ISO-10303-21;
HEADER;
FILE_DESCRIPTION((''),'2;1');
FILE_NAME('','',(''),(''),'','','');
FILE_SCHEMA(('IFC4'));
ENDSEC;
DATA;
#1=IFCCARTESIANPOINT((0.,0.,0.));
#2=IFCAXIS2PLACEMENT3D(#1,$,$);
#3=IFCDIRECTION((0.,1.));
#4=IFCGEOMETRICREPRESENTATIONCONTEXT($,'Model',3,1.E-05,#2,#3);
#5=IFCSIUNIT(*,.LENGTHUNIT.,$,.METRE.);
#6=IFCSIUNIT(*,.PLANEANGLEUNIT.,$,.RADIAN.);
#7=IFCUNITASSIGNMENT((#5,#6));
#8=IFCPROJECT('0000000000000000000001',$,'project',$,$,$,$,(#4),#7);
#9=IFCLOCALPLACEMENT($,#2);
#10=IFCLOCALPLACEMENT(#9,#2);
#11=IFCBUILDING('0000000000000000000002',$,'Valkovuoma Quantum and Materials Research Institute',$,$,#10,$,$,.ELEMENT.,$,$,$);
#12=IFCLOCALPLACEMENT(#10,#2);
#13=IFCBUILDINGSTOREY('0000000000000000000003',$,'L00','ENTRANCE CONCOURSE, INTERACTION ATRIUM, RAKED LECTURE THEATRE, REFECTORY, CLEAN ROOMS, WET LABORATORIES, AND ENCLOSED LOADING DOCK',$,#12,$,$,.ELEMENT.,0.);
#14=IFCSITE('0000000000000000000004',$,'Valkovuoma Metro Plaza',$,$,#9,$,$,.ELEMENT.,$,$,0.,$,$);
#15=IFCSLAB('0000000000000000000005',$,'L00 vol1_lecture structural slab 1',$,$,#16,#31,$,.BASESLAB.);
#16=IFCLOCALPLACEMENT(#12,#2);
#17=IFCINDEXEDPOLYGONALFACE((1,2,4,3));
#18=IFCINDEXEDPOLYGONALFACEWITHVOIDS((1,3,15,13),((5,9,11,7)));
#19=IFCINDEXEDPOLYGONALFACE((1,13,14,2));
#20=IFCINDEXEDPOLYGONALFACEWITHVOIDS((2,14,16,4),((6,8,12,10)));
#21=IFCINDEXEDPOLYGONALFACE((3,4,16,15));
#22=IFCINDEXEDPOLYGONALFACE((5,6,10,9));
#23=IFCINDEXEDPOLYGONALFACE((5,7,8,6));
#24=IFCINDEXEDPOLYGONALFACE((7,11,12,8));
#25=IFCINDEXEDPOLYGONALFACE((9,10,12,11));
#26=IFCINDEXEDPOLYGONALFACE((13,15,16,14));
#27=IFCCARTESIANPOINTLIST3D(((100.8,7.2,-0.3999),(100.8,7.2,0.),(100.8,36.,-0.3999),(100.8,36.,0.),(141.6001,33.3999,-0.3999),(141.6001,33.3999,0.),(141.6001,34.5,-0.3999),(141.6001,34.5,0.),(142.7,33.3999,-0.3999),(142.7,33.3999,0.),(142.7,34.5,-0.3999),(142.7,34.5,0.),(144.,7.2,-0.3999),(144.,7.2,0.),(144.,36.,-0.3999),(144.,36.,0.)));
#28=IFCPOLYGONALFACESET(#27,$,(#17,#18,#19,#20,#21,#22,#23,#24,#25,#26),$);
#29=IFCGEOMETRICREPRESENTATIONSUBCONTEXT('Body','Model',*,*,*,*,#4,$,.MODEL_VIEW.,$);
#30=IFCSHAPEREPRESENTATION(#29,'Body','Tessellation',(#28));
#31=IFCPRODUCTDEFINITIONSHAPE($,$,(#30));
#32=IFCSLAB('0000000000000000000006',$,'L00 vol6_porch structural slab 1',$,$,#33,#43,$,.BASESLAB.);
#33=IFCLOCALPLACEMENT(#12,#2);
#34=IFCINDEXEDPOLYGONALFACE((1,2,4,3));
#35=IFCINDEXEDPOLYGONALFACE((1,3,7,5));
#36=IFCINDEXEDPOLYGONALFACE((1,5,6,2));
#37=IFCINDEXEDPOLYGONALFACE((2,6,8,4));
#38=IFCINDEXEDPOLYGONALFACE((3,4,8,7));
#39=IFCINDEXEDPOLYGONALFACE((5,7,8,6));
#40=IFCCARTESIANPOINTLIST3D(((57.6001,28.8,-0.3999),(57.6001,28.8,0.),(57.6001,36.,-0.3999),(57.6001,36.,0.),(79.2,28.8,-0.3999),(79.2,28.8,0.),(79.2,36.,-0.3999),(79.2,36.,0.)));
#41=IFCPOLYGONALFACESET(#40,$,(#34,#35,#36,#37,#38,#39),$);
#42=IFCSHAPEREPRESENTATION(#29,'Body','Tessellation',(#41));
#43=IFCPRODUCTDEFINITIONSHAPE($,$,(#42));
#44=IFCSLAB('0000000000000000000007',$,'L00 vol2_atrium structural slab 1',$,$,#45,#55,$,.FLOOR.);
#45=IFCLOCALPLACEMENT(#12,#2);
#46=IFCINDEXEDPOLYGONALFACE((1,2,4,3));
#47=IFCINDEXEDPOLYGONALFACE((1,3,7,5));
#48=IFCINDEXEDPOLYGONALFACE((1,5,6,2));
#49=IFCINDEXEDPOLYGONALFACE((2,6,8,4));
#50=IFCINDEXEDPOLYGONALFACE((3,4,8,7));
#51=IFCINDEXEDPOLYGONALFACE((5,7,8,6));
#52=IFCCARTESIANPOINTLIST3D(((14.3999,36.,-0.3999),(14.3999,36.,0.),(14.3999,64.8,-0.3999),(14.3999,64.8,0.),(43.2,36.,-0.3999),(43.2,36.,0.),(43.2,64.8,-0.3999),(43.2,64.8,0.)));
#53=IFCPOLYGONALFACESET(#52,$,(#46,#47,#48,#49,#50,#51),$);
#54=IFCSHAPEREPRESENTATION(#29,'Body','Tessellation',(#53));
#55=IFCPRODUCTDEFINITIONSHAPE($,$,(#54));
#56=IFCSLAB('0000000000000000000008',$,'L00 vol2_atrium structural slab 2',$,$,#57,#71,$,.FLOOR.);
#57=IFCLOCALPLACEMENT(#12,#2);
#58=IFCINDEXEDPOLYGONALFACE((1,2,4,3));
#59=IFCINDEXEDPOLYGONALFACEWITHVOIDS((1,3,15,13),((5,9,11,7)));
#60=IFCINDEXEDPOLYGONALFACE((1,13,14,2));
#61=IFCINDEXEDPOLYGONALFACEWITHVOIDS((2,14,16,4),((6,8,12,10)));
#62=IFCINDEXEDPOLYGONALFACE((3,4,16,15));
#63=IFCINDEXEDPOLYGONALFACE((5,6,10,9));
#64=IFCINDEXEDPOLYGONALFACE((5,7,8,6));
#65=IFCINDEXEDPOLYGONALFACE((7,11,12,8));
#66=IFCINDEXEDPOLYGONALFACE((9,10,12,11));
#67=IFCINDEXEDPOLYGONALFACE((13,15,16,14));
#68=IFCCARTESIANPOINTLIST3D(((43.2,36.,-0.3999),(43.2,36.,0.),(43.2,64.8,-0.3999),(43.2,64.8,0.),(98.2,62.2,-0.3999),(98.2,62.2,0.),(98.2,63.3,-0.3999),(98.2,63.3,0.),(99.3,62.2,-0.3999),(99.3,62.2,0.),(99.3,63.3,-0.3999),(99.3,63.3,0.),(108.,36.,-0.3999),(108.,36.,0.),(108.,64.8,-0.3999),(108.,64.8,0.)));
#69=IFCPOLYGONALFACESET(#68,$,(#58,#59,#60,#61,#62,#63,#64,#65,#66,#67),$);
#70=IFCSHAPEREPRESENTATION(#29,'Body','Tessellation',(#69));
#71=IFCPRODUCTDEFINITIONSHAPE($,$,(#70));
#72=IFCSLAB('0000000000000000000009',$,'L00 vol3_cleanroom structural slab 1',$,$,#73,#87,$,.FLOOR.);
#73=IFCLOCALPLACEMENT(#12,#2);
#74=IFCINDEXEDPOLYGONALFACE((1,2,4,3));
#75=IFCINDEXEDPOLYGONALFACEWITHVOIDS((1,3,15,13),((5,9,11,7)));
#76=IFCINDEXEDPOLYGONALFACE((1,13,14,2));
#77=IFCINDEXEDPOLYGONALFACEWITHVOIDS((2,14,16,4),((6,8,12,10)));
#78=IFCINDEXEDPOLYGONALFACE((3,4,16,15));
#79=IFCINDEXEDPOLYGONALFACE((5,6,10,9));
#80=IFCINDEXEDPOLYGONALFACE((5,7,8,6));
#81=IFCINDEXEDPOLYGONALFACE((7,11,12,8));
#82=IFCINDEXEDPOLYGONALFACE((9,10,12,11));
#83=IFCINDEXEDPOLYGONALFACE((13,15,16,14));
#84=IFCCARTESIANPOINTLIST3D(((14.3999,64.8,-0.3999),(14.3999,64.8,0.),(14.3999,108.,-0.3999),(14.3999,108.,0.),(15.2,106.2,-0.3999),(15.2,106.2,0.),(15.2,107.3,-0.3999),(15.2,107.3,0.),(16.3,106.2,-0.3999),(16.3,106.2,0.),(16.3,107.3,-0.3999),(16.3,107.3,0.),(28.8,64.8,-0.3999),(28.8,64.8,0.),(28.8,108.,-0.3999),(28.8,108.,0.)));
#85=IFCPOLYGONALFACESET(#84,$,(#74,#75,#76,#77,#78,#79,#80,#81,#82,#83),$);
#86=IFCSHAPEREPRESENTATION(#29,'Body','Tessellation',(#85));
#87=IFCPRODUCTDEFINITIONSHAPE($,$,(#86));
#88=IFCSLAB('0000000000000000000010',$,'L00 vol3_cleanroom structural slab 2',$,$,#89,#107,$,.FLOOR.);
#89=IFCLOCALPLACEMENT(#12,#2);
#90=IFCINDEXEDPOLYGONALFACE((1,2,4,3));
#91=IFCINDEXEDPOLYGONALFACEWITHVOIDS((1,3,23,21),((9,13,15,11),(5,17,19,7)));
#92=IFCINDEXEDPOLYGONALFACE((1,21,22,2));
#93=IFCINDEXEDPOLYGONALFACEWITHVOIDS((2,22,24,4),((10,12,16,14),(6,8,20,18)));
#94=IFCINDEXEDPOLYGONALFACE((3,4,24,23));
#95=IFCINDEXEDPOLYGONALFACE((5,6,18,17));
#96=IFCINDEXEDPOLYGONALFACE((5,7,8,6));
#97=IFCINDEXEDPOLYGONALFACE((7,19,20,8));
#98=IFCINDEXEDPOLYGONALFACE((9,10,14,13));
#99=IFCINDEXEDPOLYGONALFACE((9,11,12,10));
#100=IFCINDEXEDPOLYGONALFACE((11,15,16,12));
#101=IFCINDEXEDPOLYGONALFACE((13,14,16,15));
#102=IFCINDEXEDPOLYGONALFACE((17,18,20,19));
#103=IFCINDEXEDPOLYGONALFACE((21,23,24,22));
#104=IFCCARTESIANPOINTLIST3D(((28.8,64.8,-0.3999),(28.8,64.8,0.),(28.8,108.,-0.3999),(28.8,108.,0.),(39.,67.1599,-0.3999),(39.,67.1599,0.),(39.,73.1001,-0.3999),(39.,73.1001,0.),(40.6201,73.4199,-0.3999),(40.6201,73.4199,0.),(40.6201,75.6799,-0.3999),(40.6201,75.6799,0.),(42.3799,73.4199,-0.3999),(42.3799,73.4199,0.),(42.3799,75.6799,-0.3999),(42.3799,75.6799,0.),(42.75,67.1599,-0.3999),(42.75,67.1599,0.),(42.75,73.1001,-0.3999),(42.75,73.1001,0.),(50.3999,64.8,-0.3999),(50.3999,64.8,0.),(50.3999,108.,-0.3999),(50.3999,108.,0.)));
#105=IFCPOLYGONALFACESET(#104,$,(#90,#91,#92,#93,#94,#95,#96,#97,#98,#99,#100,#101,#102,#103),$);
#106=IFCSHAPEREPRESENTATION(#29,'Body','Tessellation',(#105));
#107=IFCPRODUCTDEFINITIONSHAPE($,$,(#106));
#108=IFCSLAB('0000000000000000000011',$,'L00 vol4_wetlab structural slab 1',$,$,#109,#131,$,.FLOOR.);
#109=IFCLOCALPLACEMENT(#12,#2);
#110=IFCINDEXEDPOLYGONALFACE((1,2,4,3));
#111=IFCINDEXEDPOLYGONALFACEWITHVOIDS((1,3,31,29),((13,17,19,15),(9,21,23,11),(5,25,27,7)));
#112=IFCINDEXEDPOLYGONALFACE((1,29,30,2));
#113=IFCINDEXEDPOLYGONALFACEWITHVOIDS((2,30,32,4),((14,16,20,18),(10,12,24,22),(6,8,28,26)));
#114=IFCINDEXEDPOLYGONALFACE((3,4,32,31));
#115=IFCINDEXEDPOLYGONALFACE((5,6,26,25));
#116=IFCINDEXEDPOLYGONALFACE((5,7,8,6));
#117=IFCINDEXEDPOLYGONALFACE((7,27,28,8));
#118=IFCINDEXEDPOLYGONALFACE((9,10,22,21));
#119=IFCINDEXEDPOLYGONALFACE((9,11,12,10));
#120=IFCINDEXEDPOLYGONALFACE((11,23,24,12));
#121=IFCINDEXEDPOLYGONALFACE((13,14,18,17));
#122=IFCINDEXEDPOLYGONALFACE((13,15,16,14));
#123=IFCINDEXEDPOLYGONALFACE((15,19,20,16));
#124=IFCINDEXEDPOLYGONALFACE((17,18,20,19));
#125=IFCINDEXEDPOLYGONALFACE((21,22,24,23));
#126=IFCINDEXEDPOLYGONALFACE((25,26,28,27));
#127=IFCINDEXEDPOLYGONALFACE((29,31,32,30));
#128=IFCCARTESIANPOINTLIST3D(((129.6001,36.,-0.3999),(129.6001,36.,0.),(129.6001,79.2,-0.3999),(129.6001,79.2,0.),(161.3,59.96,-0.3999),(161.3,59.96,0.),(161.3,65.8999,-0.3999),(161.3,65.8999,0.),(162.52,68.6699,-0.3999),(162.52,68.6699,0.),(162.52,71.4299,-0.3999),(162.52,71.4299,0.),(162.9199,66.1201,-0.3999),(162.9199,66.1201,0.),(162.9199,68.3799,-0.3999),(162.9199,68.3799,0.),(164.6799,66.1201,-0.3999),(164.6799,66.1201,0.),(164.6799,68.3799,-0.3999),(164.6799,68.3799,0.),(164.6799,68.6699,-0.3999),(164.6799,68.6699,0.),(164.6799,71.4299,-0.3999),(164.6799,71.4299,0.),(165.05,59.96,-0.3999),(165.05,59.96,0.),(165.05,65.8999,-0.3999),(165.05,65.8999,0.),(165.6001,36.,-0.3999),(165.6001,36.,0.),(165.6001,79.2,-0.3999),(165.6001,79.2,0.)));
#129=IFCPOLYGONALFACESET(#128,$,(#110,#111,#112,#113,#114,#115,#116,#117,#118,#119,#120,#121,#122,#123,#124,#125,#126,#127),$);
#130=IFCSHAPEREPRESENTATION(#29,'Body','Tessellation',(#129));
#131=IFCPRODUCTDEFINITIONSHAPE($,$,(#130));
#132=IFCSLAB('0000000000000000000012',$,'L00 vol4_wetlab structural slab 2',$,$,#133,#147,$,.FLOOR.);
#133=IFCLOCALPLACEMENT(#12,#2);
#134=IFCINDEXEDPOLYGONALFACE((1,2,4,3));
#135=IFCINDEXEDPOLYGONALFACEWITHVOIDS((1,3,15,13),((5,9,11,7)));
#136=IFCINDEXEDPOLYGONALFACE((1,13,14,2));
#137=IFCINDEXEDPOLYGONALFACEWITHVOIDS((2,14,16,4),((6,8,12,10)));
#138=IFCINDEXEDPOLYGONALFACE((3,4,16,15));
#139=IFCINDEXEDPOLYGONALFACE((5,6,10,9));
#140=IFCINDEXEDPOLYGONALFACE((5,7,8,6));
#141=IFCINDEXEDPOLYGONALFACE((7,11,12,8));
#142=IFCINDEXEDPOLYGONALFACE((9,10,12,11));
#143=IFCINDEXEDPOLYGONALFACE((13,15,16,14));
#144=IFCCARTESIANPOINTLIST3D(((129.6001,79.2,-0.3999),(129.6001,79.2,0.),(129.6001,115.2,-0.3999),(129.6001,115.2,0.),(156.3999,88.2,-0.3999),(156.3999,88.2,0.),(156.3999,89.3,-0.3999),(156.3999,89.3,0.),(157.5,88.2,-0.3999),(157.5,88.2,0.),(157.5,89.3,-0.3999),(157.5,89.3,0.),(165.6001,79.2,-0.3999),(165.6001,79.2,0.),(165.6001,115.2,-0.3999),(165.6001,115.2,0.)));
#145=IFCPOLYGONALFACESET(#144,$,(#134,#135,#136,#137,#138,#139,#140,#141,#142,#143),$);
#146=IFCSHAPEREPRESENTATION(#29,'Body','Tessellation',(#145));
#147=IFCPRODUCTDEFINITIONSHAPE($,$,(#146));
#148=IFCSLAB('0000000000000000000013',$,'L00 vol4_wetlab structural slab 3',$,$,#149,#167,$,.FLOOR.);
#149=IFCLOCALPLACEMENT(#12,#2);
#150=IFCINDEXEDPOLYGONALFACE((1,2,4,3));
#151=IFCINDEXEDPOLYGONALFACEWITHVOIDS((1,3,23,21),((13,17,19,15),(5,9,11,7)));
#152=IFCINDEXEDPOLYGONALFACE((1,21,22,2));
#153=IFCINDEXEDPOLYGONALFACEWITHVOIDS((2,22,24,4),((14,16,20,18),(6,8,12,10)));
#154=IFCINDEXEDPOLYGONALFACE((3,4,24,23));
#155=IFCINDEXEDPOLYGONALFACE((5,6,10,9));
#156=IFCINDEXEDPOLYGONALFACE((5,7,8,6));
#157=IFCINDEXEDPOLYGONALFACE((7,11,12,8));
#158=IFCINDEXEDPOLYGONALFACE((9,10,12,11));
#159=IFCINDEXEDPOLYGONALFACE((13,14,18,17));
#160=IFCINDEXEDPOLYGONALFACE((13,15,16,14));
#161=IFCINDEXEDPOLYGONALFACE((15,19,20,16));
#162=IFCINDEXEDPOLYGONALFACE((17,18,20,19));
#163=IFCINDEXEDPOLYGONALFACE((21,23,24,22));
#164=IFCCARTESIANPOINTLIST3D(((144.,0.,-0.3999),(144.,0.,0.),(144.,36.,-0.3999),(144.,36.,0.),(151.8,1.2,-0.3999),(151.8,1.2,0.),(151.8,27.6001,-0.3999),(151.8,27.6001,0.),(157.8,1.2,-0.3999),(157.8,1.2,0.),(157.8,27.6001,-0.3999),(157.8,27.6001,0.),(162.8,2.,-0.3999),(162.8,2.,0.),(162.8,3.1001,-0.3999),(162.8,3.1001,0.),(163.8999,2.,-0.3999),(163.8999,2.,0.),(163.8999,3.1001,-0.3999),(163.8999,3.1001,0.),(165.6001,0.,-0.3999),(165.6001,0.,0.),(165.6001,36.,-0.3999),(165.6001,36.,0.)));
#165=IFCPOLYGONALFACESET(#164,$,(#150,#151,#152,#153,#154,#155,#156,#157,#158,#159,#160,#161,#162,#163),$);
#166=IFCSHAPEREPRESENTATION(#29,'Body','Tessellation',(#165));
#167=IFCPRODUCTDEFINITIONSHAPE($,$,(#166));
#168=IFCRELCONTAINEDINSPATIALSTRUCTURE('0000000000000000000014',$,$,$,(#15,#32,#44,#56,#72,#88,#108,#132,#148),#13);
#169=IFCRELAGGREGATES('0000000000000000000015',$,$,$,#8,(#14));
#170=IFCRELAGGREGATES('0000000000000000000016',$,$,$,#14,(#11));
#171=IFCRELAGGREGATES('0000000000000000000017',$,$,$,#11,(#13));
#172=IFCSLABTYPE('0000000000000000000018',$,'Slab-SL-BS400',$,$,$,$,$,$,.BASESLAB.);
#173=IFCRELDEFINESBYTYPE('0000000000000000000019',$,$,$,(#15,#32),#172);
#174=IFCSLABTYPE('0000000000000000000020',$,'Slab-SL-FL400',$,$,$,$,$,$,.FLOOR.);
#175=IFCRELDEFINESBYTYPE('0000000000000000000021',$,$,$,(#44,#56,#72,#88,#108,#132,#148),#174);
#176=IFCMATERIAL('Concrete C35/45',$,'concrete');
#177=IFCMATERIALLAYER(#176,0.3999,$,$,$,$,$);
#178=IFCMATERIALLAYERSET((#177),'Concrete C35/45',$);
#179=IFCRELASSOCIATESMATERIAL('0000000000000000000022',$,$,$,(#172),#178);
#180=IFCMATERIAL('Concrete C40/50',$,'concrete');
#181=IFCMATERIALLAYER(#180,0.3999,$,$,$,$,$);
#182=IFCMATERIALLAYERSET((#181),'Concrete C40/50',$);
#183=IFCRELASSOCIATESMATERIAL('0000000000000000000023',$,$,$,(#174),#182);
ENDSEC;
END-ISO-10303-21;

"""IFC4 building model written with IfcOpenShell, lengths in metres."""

from ifc_helpers import new_model, si_unit, direction, frame, origin, place, context, subcontext, project, spatial, polyline, outline, extrude, material, layer, layer_set, type_object, element, save


model = new_model("IFC4")

# Units and contexts
model_context = context("Model", 3, precision=1e-05, world=origin(), true_north=direction((0.0, 1.0)))
body_context = subcontext(model_context, "Body", "Model", "MODEL_VIEW")
ifc_project = project(units=[si_unit("LENGTHUNIT", "METRE"), si_unit("PLANEANGLEUNIT", "RADIAN")], contexts=[model_context])

# Site, building, storey
site_placement = place(None, origin())
site = spatial("IfcSite", under=ifc_project, at=site_placement, Name="Valkovuoma Metro Plaza", CompositionType="ELEMENT", RefElevation=0.0)
building_placement = place(site_placement, origin())
building = spatial("IfcBuilding", under=site, at=building_placement, Name="Valkovuoma Quantum and Materials Research Institute", CompositionType="ELEMENT")
storey_placement = place(building_placement, origin())
storey = spatial("IfcBuildingStorey", under=building, at=storey_placement, Name="L00", Description="ENTRANCE CONCOURSE, INTERACTION ATRIUM, RAKED LECTURE THEATRE, REFECTORY, CLEAN ROOMS, WET LABORATORIES, AND ENCLOSED LOADING DOCK", CompositionType="ELEMENT", Elevation=0.0)

# Slabs
ifc_material_1 = material(Name="Concrete C35/45", Category="concrete")
ifc_layer_1 = layer(ifc_material_1, 0.3999)
ifc_layer_set_1 = layer_set([ifc_layer_1], Name="Concrete C35/45")
slab_type_1 = type_object("IfcSlabType", Name="Slab-SL-BS400", PredefinedType="BASESLAB", material=ifc_layer_set_1)
slab_1_placement = place(storey_placement, frame((0.0, 0.0, -0.3999)))
element("IfcSlab", 1, at=slab_1_placement, inside=storey, type_object=slab_type_1, Name="L00 vol1_lecture structural slab 1", PredefinedType="BASESLAB", context=body_context, shape_type="SweptSolid", body=[
    extrude(outline(polyline([(100.8, 7.2), (144.0, 7.2), (144.0, 36.0), (100.8, 36.0), (100.8, 7.2)]), holes=[polyline([(141.6001, 33.3999), (142.7, 33.3999), (142.7, 34.5), (141.6001, 34.5), (141.6001, 33.3999)])]), origin(), (0.0, 0.0, 1.0), 0.3999),
])
slab_2_placement = place(storey_placement, frame((0.0, 0.0, -0.3999)))
element("IfcSlab", 2, at=slab_2_placement, inside=storey, type_object=slab_type_1, Name="L00 vol6_porch structural slab 1", PredefinedType="BASESLAB", context=body_context, shape_type="SweptSolid", body=[
    extrude(outline(polyline([(57.6001, 28.8), (79.2, 28.8), (79.2, 36.0), (57.6001, 36.0), (57.6001, 28.8)])), origin(), (0.0, 0.0, 1.0), 0.3999),
])
ifc_material_2 = material(Name="Concrete C40/50", Category="concrete")
ifc_layer_2 = layer(ifc_material_2, 0.3999)
ifc_layer_set_2 = layer_set([ifc_layer_2], Name="Concrete C40/50")
slab_type_2 = type_object("IfcSlabType", Name="Slab-SL-FL400", PredefinedType="FLOOR", material=ifc_layer_set_2)
slab_3_placement = place(storey_placement, frame((0.0, 0.0, -0.3999)))
element("IfcSlab", 3, at=slab_3_placement, inside=storey, type_object=slab_type_2, Name="L00 vol2_atrium structural slab 1", PredefinedType="FLOOR", context=body_context, shape_type="SweptSolid", body=[
    extrude(outline(polyline([(14.3999, 36.0), (43.2, 36.0), (43.2, 64.8), (14.3999, 64.8), (14.3999, 36.0)])), origin(), (0.0, 0.0, 1.0), 0.3999),
])
slab_4_placement = place(storey_placement, frame((0.0, 0.0, -0.3999)))
element("IfcSlab", 4, at=slab_4_placement, inside=storey, type_object=slab_type_2, Name="L00 vol2_atrium structural slab 2", PredefinedType="FLOOR", context=body_context, shape_type="SweptSolid", body=[
    extrude(outline(polyline([(43.2, 36.0), (108.0, 36.0), (108.0, 64.8), (43.2, 64.8), (43.2, 36.0)]), holes=[polyline([(98.2, 62.2), (99.3, 62.2), (99.3, 63.3), (98.2, 63.3), (98.2, 62.2)])]), origin(), (0.0, 0.0, 1.0), 0.3999),
])
slab_5_placement = place(storey_placement, frame((0.0, 0.0, -0.3999)))
element("IfcSlab", 5, at=slab_5_placement, inside=storey, type_object=slab_type_2, Name="L00 vol3_cleanroom structural slab 1", PredefinedType="FLOOR", context=body_context, shape_type="SweptSolid", body=[
    extrude(outline(polyline([(14.3999, 64.8), (28.8, 64.8), (28.8, 108.0), (14.3999, 108.0), (14.3999, 64.8)]), holes=[polyline([(15.2, 106.2), (16.3, 106.2), (16.3, 107.3), (15.2, 107.3), (15.2, 106.2)])]), origin(), (0.0, 0.0, 1.0), 0.3999),
])
slab_6_placement = place(storey_placement, frame((0.0, 0.0, -0.3999)))
element("IfcSlab", 6, at=slab_6_placement, inside=storey, type_object=slab_type_2, Name="L00 vol3_cleanroom structural slab 2", PredefinedType="FLOOR", context=body_context, shape_type="SweptSolid", body=[
    extrude(outline(polyline([(28.8, 64.8), (50.3999, 64.8), (50.3999, 108.0), (28.8, 108.0), (28.8, 64.8)]), holes=[polyline([(39.0, 67.1599), (42.75, 67.1599), (42.75, 73.1001), (39.0, 73.1001), (39.0, 67.1599)]), polyline([(40.6201, 73.4199), (42.3799, 73.4199), (42.3799, 75.6799), (40.6201, 75.6799), (40.6201, 73.4199)])]), origin(), (0.0, 0.0, 1.0), 0.3999),
])
slab_7_placement = place(storey_placement, frame((0.0, 0.0, -0.3999)))
element("IfcSlab", 7, at=slab_7_placement, inside=storey, type_object=slab_type_2, Name="L00 vol4_wetlab structural slab 1", PredefinedType="FLOOR", context=body_context, shape_type="SweptSolid", body=[
    extrude(outline(polyline([(129.6001, 36.0), (165.6001, 36.0), (165.6001, 79.2), (129.6001, 79.2), (129.6001, 36.0)]), holes=[polyline([(161.3, 59.96), (165.05, 59.96), (165.05, 65.8999), (161.3, 65.8999), (161.3, 59.96)]), polyline([(162.9199, 66.1201), (164.6799, 66.1201), (164.6799, 68.3799), (162.9199, 68.3799), (162.9199, 66.1201)]), polyline([(162.52, 68.6699), (164.6799, 68.6699), (164.6799, 71.4299), (162.52, 71.4299), (162.52, 68.6699)])]), origin(), (0.0, 0.0, 1.0), 0.3999),
])
slab_8_placement = place(storey_placement, frame((0.0, 0.0, -0.3999)))
element("IfcSlab", 8, at=slab_8_placement, inside=storey, type_object=slab_type_2, Name="L00 vol4_wetlab structural slab 2", PredefinedType="FLOOR", context=body_context, shape_type="SweptSolid", body=[
    extrude(outline(polyline([(129.6001, 79.2), (165.6001, 79.2), (165.6001, 115.2), (129.6001, 115.2), (129.6001, 79.2)]), holes=[polyline([(156.3999, 88.2), (157.5, 88.2), (157.5, 89.3), (156.3999, 89.3), (156.3999, 88.2)])]), origin(), (0.0, 0.0, 1.0), 0.3999),
])
slab_9_placement = place(storey_placement, frame((0.0, 0.0, -0.3999)))
element("IfcSlab", 9, at=slab_9_placement, inside=storey, type_object=slab_type_2, Name="L00 vol4_wetlab structural slab 3", PredefinedType="FLOOR", context=body_context, shape_type="SweptSolid", body=[
    extrude(outline(polyline([(144.0, 0.0), (165.6001, 0.0), (165.6001, 36.0), (144.0, 36.0), (144.0, 0.0)]), holes=[polyline([(162.8, 2.0), (163.8999, 2.0), (163.8999, 3.1001), (162.8, 3.1001), (162.8, 2.0)]), polyline([(151.8, 1.2), (157.8, 1.2), (157.8, 27.6001), (151.8, 27.6001), (151.8, 1.2)])]), origin(), (0.0, 0.0, 1.0), 0.3999),
])

save(model, "model.ifc")
